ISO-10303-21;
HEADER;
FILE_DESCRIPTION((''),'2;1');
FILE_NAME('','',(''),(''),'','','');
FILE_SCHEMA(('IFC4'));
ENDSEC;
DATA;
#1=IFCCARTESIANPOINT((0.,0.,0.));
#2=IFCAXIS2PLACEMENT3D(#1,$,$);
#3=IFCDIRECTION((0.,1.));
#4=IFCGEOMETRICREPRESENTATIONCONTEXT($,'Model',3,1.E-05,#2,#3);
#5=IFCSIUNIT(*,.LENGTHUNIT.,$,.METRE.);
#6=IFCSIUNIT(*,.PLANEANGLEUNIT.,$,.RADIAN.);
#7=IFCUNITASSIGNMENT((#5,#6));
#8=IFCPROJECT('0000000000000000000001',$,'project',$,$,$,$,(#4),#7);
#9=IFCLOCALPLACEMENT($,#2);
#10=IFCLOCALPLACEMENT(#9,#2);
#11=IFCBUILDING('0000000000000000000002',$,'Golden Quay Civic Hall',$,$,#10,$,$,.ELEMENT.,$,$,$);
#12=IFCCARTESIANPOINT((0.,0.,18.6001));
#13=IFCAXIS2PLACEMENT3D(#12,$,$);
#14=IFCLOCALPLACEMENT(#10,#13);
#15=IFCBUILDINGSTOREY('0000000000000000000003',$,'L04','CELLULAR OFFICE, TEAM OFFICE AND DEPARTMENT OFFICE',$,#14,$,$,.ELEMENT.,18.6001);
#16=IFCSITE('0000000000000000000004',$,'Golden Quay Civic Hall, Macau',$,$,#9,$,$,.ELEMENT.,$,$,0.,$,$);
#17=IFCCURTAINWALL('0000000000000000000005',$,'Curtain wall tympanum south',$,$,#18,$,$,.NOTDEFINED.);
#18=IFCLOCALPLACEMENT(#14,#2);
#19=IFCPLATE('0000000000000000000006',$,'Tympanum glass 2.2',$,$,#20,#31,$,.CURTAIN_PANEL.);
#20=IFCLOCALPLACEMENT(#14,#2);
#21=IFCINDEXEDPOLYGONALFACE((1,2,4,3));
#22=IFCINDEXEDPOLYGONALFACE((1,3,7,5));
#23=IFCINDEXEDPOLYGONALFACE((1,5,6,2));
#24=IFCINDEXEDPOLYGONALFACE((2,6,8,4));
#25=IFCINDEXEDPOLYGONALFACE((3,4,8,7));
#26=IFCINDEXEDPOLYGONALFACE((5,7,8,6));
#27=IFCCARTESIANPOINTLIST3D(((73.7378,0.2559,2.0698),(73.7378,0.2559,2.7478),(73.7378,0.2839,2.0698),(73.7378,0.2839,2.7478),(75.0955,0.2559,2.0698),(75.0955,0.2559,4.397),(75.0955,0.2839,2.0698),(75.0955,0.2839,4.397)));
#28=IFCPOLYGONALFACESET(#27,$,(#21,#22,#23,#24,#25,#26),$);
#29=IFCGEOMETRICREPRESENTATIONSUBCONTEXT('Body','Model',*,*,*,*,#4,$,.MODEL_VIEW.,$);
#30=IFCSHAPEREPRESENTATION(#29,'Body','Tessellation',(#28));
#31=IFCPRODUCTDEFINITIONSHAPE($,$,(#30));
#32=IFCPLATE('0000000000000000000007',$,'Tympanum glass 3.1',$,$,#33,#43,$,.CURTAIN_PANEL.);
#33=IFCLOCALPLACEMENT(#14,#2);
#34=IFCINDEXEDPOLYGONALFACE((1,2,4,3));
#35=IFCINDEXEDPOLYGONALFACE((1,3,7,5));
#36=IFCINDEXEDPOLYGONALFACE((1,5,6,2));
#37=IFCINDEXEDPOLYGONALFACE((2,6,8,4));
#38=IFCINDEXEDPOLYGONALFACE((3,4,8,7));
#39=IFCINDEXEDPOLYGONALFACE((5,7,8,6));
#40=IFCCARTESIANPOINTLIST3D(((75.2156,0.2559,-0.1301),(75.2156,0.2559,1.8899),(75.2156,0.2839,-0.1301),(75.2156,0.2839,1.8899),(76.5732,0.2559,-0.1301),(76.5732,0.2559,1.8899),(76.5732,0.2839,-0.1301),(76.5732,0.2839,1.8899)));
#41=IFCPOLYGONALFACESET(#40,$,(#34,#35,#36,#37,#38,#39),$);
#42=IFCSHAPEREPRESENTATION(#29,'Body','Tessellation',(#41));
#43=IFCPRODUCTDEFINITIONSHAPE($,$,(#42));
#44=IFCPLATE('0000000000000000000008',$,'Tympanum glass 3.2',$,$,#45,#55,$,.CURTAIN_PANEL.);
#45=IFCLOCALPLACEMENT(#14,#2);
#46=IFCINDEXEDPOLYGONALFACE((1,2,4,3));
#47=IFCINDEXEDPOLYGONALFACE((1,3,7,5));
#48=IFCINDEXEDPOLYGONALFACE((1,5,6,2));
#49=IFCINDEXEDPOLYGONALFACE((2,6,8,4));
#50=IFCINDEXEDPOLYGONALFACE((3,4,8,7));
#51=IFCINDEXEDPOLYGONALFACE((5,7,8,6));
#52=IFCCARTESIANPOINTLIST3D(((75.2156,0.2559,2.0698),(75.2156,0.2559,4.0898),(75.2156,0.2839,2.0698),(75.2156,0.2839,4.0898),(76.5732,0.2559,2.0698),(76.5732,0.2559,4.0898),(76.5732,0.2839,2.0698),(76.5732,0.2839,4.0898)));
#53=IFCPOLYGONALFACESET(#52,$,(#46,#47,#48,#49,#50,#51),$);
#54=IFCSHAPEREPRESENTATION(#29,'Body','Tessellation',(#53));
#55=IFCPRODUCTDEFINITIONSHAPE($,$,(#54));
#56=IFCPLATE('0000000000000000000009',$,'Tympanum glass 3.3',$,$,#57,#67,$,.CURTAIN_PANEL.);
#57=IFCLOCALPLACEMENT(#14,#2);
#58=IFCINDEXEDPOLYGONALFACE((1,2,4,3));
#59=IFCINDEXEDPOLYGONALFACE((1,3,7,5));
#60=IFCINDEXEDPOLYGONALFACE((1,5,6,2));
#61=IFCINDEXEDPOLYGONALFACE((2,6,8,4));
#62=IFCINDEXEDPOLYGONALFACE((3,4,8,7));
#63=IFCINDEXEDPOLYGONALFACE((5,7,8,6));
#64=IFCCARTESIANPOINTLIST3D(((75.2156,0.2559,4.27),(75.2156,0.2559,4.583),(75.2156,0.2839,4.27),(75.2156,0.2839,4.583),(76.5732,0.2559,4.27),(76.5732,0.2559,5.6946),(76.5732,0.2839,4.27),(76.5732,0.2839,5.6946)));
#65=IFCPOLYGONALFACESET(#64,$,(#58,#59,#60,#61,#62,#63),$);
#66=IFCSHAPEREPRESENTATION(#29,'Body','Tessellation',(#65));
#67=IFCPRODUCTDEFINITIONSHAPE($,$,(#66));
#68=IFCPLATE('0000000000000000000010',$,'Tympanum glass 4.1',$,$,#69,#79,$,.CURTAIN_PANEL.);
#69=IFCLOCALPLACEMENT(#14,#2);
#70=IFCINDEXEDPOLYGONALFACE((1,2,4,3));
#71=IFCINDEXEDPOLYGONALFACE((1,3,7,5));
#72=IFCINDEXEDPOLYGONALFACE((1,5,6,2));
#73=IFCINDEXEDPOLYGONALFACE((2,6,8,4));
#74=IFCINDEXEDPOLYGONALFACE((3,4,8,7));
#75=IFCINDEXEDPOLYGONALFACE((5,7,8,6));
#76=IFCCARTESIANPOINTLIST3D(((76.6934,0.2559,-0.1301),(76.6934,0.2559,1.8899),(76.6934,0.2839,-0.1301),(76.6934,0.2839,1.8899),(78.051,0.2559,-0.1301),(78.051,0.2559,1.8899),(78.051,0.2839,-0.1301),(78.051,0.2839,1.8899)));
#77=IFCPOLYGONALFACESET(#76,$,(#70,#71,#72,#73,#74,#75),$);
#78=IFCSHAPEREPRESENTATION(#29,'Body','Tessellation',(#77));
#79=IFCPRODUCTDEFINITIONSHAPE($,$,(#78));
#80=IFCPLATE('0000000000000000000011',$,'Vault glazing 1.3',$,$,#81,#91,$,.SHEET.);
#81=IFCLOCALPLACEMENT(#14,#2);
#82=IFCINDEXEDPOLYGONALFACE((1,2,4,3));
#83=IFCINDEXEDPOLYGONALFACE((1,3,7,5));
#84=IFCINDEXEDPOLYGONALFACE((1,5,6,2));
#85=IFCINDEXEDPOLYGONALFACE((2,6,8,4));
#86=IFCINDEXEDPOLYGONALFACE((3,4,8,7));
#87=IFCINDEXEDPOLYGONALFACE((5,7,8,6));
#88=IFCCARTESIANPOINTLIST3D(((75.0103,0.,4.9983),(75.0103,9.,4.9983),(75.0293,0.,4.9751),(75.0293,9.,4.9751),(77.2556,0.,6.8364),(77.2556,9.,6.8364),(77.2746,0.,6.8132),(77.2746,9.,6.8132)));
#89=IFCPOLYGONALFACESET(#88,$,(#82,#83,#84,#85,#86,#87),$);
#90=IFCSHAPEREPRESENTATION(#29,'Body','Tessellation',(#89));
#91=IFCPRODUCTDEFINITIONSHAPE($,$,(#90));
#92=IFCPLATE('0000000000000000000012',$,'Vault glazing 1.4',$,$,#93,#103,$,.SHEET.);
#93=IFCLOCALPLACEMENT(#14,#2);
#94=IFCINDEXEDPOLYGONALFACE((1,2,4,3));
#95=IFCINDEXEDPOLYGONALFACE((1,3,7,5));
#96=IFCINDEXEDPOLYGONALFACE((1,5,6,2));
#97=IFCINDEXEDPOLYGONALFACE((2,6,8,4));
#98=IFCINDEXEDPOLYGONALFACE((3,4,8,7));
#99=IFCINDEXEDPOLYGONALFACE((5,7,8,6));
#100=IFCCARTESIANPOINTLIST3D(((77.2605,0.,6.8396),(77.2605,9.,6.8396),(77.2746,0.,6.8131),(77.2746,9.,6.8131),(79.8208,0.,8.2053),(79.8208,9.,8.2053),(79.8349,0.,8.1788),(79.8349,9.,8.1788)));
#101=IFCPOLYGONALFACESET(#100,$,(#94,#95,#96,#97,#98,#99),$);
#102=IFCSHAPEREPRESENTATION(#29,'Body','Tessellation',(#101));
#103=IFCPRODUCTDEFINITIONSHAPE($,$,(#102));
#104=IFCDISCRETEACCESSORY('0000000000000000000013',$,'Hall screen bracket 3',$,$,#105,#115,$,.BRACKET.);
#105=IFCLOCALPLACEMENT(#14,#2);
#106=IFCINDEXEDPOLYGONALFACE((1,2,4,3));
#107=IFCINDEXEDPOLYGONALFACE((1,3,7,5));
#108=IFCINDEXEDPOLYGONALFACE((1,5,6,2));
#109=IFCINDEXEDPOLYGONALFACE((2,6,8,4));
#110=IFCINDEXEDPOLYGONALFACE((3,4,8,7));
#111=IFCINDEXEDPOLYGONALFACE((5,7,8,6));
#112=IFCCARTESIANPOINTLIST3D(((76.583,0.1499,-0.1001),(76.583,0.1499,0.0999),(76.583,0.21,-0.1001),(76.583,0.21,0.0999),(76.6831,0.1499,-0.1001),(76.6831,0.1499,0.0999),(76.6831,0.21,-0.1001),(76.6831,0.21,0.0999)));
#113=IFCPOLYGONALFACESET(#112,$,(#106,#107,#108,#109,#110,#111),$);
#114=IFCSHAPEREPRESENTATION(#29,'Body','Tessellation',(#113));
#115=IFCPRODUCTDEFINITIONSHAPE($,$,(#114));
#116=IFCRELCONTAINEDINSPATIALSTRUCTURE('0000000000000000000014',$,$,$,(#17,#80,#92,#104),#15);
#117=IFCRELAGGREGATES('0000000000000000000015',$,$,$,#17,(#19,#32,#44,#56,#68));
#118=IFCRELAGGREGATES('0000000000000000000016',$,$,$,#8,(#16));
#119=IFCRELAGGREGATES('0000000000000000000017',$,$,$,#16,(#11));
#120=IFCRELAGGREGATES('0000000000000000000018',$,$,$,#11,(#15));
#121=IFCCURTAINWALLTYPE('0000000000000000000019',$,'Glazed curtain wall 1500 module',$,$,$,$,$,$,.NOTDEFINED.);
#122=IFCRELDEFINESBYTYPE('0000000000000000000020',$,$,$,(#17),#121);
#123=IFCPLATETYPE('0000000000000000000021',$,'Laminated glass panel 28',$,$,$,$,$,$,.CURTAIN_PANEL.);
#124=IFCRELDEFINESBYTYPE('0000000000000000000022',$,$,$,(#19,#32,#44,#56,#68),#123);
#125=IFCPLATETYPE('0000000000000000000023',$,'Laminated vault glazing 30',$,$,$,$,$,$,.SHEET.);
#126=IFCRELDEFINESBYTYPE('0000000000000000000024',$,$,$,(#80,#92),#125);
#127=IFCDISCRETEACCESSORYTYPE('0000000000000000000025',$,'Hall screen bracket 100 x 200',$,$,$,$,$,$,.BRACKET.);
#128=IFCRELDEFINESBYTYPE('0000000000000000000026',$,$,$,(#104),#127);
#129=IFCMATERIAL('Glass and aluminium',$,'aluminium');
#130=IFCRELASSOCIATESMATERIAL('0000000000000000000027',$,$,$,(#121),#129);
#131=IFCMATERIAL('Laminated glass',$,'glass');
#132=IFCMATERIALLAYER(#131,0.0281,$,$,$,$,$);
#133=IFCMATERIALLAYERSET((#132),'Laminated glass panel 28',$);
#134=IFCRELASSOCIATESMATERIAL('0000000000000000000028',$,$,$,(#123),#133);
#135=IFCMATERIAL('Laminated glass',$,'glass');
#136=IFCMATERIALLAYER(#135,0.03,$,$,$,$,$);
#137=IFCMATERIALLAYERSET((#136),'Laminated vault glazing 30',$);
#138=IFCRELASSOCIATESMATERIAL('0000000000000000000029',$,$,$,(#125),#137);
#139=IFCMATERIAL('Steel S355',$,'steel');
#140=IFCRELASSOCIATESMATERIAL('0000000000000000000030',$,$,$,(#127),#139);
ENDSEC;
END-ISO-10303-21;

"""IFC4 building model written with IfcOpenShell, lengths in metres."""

from ifc_helpers import new_model, si_unit, direction, frame, origin, origin_2d, place, context, subcontext, project, spatial, polyline, rectangle, outline, extrude, material, layer, layer_set, type_object, element, aggregate, save


model = new_model("IFC4")

# Units and contexts
model_context = context("Model", 3, precision=1e-05, world=origin(), true_north=direction((0.0, 1.0)))
body_context = subcontext(model_context, "Body", "Model", "MODEL_VIEW")
ifc_project = project(units=[si_unit("LENGTHUNIT", "METRE"), si_unit("PLANEANGLEUNIT", "RADIAN")], contexts=[model_context])

# Site, building, storey
site_placement = place(None, origin())
site = spatial("IfcSite", under=ifc_project, at=site_placement, Name="Golden Quay Civic Hall, Macau", CompositionType="ELEMENT", RefElevation=0.0)
building_placement = place(site_placement, origin())
building = spatial("IfcBuilding", under=site, at=building_placement, Name="Golden Quay Civic Hall", CompositionType="ELEMENT")
storey_placement = place(building_placement, frame((0.0, 0.0, 18.6001)))
storey = spatial("IfcBuildingStorey", under=building, at=storey_placement, Name="L04", Description="CELLULAR OFFICE, TEAM OFFICE AND DEPARTMENT OFFICE", CompositionType="ELEMENT", Elevation=18.6001)

# Curtain wall
ifc_material_1 = material(Name="Glass and aluminium", Category="aluminium")
curtain_wall_type = type_object("IfcCurtainWallType", Name="Glazed curtain wall 1500 module", PredefinedType="NOTDEFINED", material=ifc_material_1)
curtain_wall_placement = place(storey_placement, origin())
curtain_wall = element("IfcCurtainWall", 1, at=curtain_wall_placement, inside=storey, type_object=curtain_wall_type, Name="Curtain wall tympanum south", PredefinedType="NOTDEFINED")

# Plates
ifc_material_2 = material(Name="Laminated glass", Category="glass")
ifc_layer_1 = layer(ifc_material_2, 0.0281)
ifc_layer_set_1 = layer_set([ifc_layer_1], Name="Laminated glass panel 28")
plate_type_1 = type_object("IfcPlateType", Name="Laminated glass panel 28", PredefinedType="CURTAIN_PANEL", material=ifc_layer_set_1)
plate_1_placement = place(storey_placement, frame((75.0955, 0.2839, 2.0698), z_axis=(0.0, 1.0, 0.0), x_axis=(-1.0, 0.0, 0.0)))
plate_1 = element("IfcPlate", 2, at=plate_1_placement, type_object=plate_type_1, Name="Tympanum glass 2.2", PredefinedType="CURTAIN_PANEL", context=body_context, shape_type="SweptSolid", body=[
    extrude(outline(polyline([(0.0, 0.0), (1.3577, 0.0), (1.3577, 0.678), (0.0, 2.3271), (0.0, 0.0)])), origin(), (0.0, 0.0, -1.0), 0.0281),
])
plate_2_placement = place(storey_placement, frame((76.5732, 0.2839, -0.1301), z_axis=(0.0, 1.0, 0.0), x_axis=(-1.0, 0.0, 0.0)))
plate_2 = element("IfcPlate", 3, at=plate_2_placement, type_object=plate_type_1, Name="Tympanum glass 3.1", PredefinedType="CURTAIN_PANEL", context=body_context, shape_type="SweptSolid", body=[
    extrude(outline(polyline([(0.0, 0.0), (1.3577, 0.0), (1.3577, 2.02), (0.0, 2.02), (0.0, 0.0)])), origin(), (0.0, 0.0, -1.0), 0.0281),
])
plate_3_placement = place(storey_placement, frame((76.5732, 0.2839, 2.0698), z_axis=(0.0, 1.0, 0.0), x_axis=(-1.0, 0.0, 0.0)))
plate_3 = element("IfcPlate", 4, at=plate_3_placement, type_object=plate_type_1, Name="Tympanum glass 3.2", PredefinedType="CURTAIN_PANEL", context=body_context, shape_type="SweptSolid", body=[
    extrude(outline(polyline([(0.0, 0.0), (1.3577, 0.0), (1.3577, 2.02), (0.0, 2.02), (0.0, 0.0)])), origin(), (0.0, 0.0, -1.0), 0.0281),
])
plate_4_placement = place(storey_placement, frame((76.5732, 0.2839, 4.27), z_axis=(0.0, 1.0, 0.0), x_axis=(-1.0, 0.0, 0.0)))
plate_4 = element("IfcPlate", 5, at=plate_4_placement, type_object=plate_type_1, Name="Tympanum glass 3.3", PredefinedType="CURTAIN_PANEL", context=body_context, shape_type="SweptSolid", body=[
    extrude(outline(polyline([(0.0, 0.0), (1.3577, 0.0), (1.3577, 0.313), (0.0, 1.4246), (0.0, 0.0)])), origin(), (0.0, 0.0, -1.0), 0.0281),
])
plate_5_placement = place(storey_placement, frame((78.051, 0.2839, -0.1301), z_axis=(0.0, 1.0, 0.0), x_axis=(-1.0, 0.0, 0.0)))
plate_5 = element("IfcPlate", 6, at=plate_5_placement, type_object=plate_type_1, Name="Tympanum glass 4.1", PredefinedType="CURTAIN_PANEL", context=body_context, shape_type="SweptSolid", body=[
    extrude(outline(polyline([(0.0, 0.0), (1.3577, 0.0), (1.3577, 2.02), (0.0, 2.02), (0.0, 0.0)])), origin(), (0.0, 0.0, -1.0), 0.0281),
])
aggregate(curtain_wall, [plate_1, plate_2, plate_3, plate_4, plate_5])

# Plates
ifc_material_3 = material(Name="Laminated glass", Category="glass")
ifc_layer_2 = layer(ifc_material_3, 0.03)
ifc_layer_set_2 = layer_set([ifc_layer_2], Name="Laminated vault glazing 30")
plate_type_2 = type_object("IfcPlateType", Name="Laminated vault glazing 30", PredefinedType="SHEET", material=ifc_layer_set_2)
plate_6_placement = place(storey_placement, frame((75.0103, 0.0, 4.9983), z_axis=(-0.633449, 0.0, 0.773785), x_axis=(0.773785, 0.0, 0.633449)))
element("IfcPlate", 7, at=plate_6_placement, inside=storey, type_object=plate_type_2, Name="Vault glazing 1.3", PredefinedType="SHEET", context=body_context, shape_type="SweptSolid", body=[
    extrude(outline(polyline([(0.0, 0.0), (2.9018, 0.0), (2.9018, 9.0), (0.0, 9.0), (0.0, 0.0)])), origin(), (0.0, 0.0, -1.0), 0.03),
])
plate_7_placement = place(storey_placement, frame((77.2605, 0.0, 6.8396), z_axis=(-0.470649, 0.0, 0.88232), x_axis=(0.88232, 0.0, 0.470649)))
element("IfcPlate", 8, at=plate_7_placement, inside=storey, type_object=plate_type_2, Name="Vault glazing 1.4", PredefinedType="SHEET", context=body_context, shape_type="SweptSolid", body=[
    extrude(outline(polyline([(0.0, 0.0), (2.9018, 0.0), (2.9018, 9.0), (0.0, 9.0), (0.0, 0.0)])), origin(), (0.0, 0.0, -1.0), 0.03),
])

# Discrete accessory
ifc_material_4 = material(Name="Steel S355", Category="steel")
discrete_accessory_type = type_object("IfcDiscreteAccessoryType", Name="Hall screen bracket 100 x 200", PredefinedType="BRACKET", material=ifc_material_4)
discrete_accessory_placement = place(storey_placement, frame((76.6331, 0.1799, -0.1001), z_axis=(0.0, 0.0, 1.0), x_axis=(1.0, 0.0, 0.0)))
element("IfcDiscreteAccessory", 9, at=discrete_accessory_placement, inside=storey, type_object=discrete_accessory_type, Name="Hall screen bracket 3", PredefinedType="BRACKET", context=body_context, shape_type="SweptSolid", body=[
    extrude(rectangle(XDim=0.1001, YDim=0.0601, at=origin_2d()), origin(), (0.0, 0.0, 1.0), 0.2),
])

save(model, "model.ifc")
